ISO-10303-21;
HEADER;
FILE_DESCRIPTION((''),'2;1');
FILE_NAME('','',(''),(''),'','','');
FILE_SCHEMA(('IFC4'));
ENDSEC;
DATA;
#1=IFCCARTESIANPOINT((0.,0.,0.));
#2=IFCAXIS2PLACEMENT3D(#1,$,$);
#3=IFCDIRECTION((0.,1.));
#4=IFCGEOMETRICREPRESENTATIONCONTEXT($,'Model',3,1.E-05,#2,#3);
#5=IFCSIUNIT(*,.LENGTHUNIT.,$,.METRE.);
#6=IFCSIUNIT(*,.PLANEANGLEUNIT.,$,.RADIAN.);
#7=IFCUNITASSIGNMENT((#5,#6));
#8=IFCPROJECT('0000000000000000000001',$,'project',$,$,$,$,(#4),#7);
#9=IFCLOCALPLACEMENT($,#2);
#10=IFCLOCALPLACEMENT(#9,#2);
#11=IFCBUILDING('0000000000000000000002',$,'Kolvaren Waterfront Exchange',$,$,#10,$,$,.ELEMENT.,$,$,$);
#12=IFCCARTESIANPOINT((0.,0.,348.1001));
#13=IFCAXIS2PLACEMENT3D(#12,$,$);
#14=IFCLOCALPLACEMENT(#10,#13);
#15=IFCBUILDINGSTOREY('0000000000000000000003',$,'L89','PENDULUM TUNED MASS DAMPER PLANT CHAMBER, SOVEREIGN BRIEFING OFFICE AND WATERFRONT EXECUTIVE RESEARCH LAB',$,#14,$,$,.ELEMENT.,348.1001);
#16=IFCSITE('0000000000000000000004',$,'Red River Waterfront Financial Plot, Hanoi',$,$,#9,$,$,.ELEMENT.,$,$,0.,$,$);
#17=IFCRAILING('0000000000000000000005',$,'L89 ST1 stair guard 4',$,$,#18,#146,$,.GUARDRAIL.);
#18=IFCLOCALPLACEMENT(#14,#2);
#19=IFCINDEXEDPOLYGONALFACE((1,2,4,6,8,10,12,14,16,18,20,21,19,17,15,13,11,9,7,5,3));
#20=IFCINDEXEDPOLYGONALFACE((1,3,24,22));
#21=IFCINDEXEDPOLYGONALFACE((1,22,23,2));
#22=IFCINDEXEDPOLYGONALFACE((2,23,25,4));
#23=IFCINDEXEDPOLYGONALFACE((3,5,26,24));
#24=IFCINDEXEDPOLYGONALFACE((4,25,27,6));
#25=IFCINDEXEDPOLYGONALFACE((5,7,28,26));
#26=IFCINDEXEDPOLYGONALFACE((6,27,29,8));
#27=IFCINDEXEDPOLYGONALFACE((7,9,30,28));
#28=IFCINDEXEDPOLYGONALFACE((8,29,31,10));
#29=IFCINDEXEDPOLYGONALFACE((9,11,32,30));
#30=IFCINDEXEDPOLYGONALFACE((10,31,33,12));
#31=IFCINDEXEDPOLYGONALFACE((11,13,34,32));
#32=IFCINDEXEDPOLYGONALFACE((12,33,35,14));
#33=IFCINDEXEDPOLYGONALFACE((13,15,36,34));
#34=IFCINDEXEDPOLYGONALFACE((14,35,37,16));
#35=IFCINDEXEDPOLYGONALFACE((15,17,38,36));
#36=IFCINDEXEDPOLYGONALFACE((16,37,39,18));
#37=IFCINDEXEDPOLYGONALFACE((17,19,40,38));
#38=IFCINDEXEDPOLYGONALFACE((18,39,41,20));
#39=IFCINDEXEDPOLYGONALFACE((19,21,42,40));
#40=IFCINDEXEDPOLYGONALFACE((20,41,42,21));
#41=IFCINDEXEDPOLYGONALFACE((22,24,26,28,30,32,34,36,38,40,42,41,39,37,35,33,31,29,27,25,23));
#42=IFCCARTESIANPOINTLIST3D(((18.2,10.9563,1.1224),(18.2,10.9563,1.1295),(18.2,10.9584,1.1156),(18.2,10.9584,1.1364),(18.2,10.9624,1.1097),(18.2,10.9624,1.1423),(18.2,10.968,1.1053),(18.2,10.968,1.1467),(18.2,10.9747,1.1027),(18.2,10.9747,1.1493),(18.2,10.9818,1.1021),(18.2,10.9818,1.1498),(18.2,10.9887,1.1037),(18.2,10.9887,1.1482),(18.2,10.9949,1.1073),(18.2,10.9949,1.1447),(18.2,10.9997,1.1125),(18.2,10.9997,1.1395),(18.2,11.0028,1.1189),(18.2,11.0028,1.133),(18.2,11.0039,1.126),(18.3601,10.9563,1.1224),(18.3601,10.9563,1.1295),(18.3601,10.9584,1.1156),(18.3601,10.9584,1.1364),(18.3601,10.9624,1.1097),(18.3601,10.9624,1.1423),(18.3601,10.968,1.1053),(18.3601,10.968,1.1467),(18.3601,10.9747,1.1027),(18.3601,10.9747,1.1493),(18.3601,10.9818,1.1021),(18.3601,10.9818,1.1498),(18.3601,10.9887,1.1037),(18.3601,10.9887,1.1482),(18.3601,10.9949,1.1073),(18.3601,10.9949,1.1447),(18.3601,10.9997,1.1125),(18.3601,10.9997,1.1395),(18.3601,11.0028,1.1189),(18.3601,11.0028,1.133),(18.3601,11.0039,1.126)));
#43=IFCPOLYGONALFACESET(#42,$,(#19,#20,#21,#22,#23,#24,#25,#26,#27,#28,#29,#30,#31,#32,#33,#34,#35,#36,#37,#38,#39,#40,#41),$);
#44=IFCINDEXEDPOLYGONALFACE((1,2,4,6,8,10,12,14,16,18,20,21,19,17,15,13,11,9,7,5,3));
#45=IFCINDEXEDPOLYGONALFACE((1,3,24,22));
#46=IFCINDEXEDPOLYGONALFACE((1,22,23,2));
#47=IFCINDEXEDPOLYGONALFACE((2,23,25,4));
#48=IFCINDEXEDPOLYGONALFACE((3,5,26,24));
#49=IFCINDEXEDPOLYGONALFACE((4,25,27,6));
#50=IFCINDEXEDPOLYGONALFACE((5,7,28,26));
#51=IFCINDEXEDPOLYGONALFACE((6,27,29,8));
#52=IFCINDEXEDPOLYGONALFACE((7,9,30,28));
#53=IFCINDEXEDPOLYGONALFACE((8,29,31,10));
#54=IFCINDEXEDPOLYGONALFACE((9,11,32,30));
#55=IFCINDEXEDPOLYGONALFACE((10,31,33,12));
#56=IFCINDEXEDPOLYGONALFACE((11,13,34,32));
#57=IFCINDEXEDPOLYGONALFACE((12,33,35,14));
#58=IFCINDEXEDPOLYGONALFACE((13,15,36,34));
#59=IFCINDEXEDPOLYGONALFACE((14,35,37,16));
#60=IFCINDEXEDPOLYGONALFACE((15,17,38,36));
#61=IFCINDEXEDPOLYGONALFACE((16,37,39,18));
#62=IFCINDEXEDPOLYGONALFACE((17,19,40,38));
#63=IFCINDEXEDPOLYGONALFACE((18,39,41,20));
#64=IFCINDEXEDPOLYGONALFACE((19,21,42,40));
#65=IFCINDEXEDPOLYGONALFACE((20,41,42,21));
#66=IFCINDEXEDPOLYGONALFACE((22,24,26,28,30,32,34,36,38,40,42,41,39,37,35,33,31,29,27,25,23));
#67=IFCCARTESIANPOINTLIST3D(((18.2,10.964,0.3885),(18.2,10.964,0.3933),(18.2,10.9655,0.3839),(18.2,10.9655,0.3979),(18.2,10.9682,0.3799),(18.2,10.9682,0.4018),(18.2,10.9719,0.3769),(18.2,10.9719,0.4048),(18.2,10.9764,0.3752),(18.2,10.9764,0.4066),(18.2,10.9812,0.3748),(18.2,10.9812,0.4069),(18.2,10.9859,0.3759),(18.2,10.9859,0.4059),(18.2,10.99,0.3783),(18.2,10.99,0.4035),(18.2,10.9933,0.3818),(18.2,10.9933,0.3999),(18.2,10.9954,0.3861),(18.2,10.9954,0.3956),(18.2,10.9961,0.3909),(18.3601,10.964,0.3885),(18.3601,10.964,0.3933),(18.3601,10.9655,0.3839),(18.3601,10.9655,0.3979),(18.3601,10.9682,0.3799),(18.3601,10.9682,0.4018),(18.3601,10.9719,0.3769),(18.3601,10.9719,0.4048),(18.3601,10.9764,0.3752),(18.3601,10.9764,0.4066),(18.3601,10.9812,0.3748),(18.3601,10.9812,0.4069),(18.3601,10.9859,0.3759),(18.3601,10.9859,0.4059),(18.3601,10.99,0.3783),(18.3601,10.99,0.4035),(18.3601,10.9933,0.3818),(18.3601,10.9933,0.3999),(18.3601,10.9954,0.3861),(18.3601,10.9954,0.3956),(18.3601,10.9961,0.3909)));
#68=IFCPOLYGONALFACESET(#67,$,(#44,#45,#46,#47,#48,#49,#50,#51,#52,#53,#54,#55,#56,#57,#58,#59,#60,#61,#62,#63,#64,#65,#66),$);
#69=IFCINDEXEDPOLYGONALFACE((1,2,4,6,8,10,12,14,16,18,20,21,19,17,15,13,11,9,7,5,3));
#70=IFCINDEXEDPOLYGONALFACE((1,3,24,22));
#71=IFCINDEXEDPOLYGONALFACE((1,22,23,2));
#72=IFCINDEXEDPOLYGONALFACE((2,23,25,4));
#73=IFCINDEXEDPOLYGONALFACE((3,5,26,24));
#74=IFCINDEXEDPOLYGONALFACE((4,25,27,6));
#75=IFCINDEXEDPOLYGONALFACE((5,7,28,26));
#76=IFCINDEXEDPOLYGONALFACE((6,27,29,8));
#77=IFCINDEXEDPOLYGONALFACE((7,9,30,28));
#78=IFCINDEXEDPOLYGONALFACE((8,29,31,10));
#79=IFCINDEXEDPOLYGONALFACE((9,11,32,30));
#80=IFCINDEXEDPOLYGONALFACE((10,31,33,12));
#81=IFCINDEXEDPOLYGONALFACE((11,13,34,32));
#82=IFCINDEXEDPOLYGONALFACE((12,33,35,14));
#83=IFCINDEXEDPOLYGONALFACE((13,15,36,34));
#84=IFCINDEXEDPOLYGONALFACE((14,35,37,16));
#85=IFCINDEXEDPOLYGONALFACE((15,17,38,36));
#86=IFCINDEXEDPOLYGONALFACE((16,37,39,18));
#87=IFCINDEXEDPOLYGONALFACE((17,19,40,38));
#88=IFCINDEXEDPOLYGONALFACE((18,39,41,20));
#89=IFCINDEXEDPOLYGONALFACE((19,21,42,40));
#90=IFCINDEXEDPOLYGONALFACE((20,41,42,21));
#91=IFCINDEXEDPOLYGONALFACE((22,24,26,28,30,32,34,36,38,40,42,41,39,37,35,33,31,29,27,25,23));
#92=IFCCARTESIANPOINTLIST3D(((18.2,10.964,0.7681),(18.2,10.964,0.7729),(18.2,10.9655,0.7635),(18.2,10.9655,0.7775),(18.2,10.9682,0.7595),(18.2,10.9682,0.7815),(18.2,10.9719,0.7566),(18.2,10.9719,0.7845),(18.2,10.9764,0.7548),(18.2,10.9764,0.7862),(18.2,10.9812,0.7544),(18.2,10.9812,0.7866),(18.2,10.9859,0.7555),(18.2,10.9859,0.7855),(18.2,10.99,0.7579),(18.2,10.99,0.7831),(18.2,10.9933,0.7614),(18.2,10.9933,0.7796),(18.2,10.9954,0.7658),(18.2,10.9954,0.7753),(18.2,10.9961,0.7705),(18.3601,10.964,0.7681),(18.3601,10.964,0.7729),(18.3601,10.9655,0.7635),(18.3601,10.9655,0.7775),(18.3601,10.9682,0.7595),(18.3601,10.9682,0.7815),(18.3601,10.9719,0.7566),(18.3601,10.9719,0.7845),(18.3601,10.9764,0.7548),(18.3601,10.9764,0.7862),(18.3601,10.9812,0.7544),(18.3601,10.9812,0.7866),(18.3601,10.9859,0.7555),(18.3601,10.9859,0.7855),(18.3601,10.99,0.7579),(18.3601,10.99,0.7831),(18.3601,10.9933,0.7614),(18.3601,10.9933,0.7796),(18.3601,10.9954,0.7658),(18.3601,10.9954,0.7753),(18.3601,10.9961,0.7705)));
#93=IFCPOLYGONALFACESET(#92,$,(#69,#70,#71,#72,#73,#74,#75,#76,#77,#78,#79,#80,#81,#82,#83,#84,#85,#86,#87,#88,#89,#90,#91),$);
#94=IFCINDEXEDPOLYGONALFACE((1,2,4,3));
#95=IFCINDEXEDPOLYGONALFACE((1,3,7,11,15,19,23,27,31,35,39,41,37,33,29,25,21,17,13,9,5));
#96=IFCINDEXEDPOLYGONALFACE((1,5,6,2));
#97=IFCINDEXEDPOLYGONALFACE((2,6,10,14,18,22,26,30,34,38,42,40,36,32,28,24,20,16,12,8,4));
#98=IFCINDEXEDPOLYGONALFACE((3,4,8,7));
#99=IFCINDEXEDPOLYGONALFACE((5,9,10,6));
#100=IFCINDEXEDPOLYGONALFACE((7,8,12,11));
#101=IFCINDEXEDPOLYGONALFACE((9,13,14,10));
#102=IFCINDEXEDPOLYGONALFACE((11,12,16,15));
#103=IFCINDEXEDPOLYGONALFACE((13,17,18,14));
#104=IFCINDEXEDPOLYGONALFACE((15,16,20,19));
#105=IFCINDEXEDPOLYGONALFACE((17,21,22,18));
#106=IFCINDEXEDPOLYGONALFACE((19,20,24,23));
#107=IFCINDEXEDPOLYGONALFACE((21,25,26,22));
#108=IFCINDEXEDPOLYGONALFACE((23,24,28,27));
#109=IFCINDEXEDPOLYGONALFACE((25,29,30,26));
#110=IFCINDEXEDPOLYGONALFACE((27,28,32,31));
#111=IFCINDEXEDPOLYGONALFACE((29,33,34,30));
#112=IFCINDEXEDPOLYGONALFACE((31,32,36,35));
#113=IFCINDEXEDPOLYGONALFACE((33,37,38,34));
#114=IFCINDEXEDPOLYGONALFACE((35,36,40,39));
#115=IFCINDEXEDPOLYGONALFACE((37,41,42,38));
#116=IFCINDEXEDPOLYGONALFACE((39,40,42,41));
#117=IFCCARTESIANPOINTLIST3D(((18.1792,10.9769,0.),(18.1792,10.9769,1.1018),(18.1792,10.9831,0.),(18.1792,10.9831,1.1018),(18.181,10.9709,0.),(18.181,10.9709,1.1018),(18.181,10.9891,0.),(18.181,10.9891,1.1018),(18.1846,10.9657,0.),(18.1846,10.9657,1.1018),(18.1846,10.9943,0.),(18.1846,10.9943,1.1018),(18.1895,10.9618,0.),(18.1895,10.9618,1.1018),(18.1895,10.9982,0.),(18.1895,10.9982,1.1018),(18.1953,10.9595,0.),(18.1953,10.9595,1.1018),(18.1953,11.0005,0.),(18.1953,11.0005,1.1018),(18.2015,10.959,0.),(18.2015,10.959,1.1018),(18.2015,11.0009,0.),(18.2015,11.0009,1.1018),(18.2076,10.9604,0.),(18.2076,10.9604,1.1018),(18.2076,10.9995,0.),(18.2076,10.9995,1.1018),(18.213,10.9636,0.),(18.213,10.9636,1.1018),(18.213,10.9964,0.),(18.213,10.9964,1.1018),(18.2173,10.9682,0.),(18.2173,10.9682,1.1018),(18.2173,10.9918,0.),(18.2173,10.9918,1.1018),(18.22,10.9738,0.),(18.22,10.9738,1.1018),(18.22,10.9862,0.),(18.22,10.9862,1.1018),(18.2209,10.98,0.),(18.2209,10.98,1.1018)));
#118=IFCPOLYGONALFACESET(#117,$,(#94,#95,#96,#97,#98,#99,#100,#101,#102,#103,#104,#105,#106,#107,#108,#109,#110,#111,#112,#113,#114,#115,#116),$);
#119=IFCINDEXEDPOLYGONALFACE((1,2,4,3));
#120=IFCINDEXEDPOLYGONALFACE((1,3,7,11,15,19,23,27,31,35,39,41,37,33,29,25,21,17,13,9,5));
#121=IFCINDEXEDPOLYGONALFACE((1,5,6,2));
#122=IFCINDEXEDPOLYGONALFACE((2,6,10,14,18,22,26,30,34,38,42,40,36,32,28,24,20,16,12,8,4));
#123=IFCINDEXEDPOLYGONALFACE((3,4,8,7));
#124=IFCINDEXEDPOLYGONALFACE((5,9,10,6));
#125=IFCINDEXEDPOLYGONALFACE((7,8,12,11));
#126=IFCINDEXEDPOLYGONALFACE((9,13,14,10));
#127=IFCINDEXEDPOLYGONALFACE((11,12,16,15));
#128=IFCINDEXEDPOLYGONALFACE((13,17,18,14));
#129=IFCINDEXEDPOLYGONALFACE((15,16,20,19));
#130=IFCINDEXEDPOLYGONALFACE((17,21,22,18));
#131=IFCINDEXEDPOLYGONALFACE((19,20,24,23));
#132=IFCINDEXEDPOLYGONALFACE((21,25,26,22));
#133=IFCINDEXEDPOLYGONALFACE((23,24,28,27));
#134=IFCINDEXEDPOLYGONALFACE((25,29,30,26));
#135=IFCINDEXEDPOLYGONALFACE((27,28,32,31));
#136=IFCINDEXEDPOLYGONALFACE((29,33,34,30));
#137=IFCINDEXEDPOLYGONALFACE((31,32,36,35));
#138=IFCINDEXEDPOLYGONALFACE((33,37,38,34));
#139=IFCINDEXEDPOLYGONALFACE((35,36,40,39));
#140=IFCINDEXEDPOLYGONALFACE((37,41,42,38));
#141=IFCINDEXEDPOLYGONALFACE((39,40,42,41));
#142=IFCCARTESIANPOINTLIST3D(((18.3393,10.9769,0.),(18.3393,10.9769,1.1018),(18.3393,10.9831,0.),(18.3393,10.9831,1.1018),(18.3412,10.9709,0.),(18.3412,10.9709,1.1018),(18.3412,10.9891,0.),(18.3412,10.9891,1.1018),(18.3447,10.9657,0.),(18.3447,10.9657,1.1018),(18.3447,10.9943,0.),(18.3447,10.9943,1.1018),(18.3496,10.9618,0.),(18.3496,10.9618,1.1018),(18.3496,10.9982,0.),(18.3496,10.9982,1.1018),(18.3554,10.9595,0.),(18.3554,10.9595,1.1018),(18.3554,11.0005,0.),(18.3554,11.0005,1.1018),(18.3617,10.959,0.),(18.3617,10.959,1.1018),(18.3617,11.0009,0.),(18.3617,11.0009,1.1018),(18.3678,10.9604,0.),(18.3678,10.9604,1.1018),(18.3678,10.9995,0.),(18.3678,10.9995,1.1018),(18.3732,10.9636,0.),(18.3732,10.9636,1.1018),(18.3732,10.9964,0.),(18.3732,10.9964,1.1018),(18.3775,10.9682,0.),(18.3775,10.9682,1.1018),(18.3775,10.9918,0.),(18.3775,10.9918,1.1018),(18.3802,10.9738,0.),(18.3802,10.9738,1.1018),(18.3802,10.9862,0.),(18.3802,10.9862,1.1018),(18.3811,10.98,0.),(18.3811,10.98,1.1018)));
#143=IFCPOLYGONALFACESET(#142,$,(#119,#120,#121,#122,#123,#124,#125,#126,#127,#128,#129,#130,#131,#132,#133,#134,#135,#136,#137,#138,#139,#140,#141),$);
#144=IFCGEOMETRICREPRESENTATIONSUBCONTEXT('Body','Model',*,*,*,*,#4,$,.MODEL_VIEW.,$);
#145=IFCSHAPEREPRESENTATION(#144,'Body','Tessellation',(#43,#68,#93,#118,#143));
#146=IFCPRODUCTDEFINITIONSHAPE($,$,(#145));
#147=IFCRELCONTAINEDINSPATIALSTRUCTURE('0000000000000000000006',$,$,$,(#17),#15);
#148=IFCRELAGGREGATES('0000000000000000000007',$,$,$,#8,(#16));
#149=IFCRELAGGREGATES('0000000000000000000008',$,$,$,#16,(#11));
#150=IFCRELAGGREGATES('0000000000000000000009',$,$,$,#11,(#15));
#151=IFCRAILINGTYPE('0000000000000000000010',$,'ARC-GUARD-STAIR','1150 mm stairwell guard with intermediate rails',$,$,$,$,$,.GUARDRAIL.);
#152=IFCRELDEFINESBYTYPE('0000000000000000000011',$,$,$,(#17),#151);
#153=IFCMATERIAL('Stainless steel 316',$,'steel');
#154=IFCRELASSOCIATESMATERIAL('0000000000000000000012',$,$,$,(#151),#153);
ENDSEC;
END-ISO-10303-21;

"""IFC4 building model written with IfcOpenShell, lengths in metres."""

from ifc_helpers import new_model, si_unit, direction, frame, origin, origin_2d, place, context, subcontext, project, spatial, circle, extrude, material, type_object, element, save


model = new_model("IFC4")

# Units and contexts
model_context = context("Model", 3, precision=1e-05, world=origin(), true_north=direction((0.0, 1.0)))
body_context = subcontext(model_context, "Body", "Model", "MODEL_VIEW")
ifc_project = project(units=[si_unit("LENGTHUNIT", "METRE"), si_unit("PLANEANGLEUNIT", "RADIAN")], contexts=[model_context])

# Site, building, storey
site_placement = place(None, origin())
site = spatial("IfcSite", under=ifc_project, at=site_placement, Name="Red River Waterfront Financial Plot, Hanoi", CompositionType="ELEMENT", RefElevation=0.0)
building_placement = place(site_placement, origin())
building = spatial("IfcBuilding", under=site, at=building_placement, Name="Kolvaren Waterfront Exchange", CompositionType="ELEMENT")
storey_placement = place(building_placement, frame((0.0, 0.0, 348.1001)))
storey = spatial("IfcBuildingStorey", under=building, at=storey_placement, Name="L89", Description="PENDULUM TUNED MASS DAMPER PLANT CHAMBER, SOVEREIGN BRIEFING OFFICE AND WATERFRONT EXECUTIVE RESEARCH LAB", CompositionType="ELEMENT", Elevation=348.1001)

# Railing
ifc_material_1 = material(Name="Stainless steel 316", Category="steel")
railing_type_1 = type_object("IfcRailingType", Name="ARC-GUARD-STAIR", Description="1150 mm stairwell guard with intermediate rails", PredefinedType="GUARDRAIL", material=ifc_material_1)
railing_1_placement = place(storey_placement, frame((18.2, 10.98, 0.0)))
element("IfcRailing", 1, at=railing_1_placement, inside=storey, type_object=railing_type_1, Name="L89 ST1 stair guard 4", PredefinedType="GUARDRAIL", context=body_context, shape_type="SweptSolid", body=[
    extrude(circle(Radius=0.0239, at=origin_2d()), frame((0.0, 0.0, 1.126), z_axis=(1.0, 0.0, 0.0), x_axis=(0.0, 1.0, 0.0)), (0.0, 0.0, 1.0), 0.1602),
    extrude(circle(Radius=0.0161, at=origin_2d()), frame((0.0, 0.0, 0.3909), z_axis=(1.0, 0.0, 0.0), x_axis=(0.0, 1.0, 0.0)), (0.0, 0.0, 1.0), 0.1602),
    extrude(circle(Radius=0.0161, at=origin_2d()), frame((0.0, 0.0, 0.7705), z_axis=(1.0, 0.0, 0.0), x_axis=(0.0, 1.0, 0.0)), (0.0, 0.0, 1.0), 0.1602),
    extrude(circle(Radius=0.021, at=origin_2d()), origin(), (0.0, 0.0, 1.0), 1.1018),
    extrude(circle(Radius=0.021, at=origin_2d()), frame((0.1602, 0.0, 0.0)), (0.0, 0.0, 1.0), 1.1018),
])

save(model, "model.ifc")
